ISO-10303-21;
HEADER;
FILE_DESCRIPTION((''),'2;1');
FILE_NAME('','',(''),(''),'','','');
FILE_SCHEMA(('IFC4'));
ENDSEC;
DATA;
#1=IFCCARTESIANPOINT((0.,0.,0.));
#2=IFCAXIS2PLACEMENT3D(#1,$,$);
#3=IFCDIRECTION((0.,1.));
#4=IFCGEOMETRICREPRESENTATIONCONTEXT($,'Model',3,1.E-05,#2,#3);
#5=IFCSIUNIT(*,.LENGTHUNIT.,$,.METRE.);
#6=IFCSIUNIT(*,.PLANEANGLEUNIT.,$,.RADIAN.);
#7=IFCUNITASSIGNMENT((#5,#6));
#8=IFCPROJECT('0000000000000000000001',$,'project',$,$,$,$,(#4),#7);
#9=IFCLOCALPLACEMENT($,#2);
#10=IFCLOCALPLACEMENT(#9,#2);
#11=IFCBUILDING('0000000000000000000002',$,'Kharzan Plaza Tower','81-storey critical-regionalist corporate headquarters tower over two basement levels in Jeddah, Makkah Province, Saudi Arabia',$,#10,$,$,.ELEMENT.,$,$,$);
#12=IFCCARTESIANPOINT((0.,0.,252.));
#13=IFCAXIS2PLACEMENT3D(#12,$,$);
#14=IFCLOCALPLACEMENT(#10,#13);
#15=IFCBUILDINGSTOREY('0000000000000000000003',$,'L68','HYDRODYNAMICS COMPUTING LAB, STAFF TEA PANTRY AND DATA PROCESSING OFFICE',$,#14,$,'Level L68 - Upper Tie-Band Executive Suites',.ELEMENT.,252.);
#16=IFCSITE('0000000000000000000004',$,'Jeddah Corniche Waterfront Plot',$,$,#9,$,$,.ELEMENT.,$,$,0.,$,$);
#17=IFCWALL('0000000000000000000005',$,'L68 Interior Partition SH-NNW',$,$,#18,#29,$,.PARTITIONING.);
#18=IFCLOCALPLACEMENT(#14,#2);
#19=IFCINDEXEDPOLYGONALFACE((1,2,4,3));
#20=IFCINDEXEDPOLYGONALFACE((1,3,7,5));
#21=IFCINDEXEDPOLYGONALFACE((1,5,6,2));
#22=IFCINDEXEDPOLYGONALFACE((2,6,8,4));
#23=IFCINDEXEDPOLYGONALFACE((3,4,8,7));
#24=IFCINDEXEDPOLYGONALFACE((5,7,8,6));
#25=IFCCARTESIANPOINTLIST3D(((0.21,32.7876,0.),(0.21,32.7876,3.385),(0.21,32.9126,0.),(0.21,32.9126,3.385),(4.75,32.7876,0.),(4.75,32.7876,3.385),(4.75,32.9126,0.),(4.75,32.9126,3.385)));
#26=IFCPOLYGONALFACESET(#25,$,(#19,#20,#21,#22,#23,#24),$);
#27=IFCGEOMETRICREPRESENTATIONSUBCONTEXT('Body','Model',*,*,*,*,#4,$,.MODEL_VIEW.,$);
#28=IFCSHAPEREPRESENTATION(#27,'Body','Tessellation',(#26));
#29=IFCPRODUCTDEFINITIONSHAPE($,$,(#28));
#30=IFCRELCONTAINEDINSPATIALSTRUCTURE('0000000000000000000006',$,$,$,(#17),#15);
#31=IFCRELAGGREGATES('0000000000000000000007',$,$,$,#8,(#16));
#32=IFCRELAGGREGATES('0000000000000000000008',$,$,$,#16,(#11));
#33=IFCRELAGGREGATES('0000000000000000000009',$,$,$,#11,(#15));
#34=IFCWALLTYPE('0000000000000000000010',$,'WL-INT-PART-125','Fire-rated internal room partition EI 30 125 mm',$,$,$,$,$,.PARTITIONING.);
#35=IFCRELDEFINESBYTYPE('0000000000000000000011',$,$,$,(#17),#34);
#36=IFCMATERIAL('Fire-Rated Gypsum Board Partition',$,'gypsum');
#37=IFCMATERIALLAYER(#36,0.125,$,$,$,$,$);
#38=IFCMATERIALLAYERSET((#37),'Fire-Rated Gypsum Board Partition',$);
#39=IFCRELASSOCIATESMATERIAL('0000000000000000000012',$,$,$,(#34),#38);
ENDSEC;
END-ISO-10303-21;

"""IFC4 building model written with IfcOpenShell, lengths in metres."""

from ifc_helpers import new_model, si_unit, direction, frame, frame_2d, origin, place, context, subcontext, project, spatial, rectangle, extrude, source, transform, mapped, material, layer, layer_set, type_object, element, save


model = new_model("IFC4")

# Units and contexts
model_context = context("Model", 3, precision=1e-05, world=origin(), true_north=direction((0.0, 1.0)))
body_context = subcontext(model_context, "Body", "Model", "MODEL_VIEW")
ifc_project = project(units=[si_unit("LENGTHUNIT", "METRE"), si_unit("PLANEANGLEUNIT", "RADIAN")], contexts=[model_context])

# Site, building, storey
site_placement = place(None, origin())
site = spatial("IfcSite", under=ifc_project, at=site_placement, Name="Jeddah Corniche Waterfront Plot", CompositionType="ELEMENT", RefElevation=0.0)
building_placement = place(site_placement, origin())
building = spatial("IfcBuilding", under=site, at=building_placement, Name="Kharzan Plaza Tower", Description="81-storey critical-regionalist corporate headquarters tower over two basement levels in Jeddah, Makkah Province, Saudi Arabia", CompositionType="ELEMENT")
storey_placement = place(building_placement, frame((0.0, 0.0, 252.0)))
storey = spatial("IfcBuildingStorey", under=building, at=storey_placement, Name="L68", Description="HYDRODYNAMICS COMPUTING LAB, STAFF TEA PANTRY AND DATA PROCESSING OFFICE", LongName="Level L68 - Upper Tie-Band Executive Suites", CompositionType="ELEMENT", Elevation=252.0)

# Wall
ifc_material_1 = material(Name="Fire-Rated Gypsum Board Partition", Category="gypsum")
ifc_layer_1 = layer(ifc_material_1, 0.125)
ifc_layer_set_1 = layer_set([ifc_layer_1], Name="Fire-Rated Gypsum Board Partition")
wall_type_1 = type_object("IfcWallType", Name="WL-INT-PART-125", Description="Fire-rated internal room partition EI 30 125 mm", PredefinedType="PARTITIONING", material=ifc_layer_set_1)
shared_shape_1 = source(origin(), body_context, "Body", "SweptSolid", [
    extrude(rectangle(XDim=4.54, YDim=0.125, at=frame_2d((2.27, 0.0))), origin(), (0.0, 0.0, 1.0), 3.385),
])
wall_1_placement = place(storey_placement, frame((0.21, 32.8501, 0.0), z_axis=(0.0, 0.0, 1.0), x_axis=(1.0, 0.0, 0.0)))
element("IfcWall", 1, at=wall_1_placement, inside=storey, type_object=wall_type_1, Name="L68 Interior Partition SH-NNW", PredefinedType="PARTITIONING", context=body_context, shape_type="MappedRepresentation", body=[
    mapped(shared_shape_1, transform((0.0, 0.0, 0.0), x_axis=(1.0, 0.0, 0.0), y_axis=(0.0, 1.0, 0.0), z_axis=(0.0, 0.0, 1.0))),
])

save(model, "model.ifc")
